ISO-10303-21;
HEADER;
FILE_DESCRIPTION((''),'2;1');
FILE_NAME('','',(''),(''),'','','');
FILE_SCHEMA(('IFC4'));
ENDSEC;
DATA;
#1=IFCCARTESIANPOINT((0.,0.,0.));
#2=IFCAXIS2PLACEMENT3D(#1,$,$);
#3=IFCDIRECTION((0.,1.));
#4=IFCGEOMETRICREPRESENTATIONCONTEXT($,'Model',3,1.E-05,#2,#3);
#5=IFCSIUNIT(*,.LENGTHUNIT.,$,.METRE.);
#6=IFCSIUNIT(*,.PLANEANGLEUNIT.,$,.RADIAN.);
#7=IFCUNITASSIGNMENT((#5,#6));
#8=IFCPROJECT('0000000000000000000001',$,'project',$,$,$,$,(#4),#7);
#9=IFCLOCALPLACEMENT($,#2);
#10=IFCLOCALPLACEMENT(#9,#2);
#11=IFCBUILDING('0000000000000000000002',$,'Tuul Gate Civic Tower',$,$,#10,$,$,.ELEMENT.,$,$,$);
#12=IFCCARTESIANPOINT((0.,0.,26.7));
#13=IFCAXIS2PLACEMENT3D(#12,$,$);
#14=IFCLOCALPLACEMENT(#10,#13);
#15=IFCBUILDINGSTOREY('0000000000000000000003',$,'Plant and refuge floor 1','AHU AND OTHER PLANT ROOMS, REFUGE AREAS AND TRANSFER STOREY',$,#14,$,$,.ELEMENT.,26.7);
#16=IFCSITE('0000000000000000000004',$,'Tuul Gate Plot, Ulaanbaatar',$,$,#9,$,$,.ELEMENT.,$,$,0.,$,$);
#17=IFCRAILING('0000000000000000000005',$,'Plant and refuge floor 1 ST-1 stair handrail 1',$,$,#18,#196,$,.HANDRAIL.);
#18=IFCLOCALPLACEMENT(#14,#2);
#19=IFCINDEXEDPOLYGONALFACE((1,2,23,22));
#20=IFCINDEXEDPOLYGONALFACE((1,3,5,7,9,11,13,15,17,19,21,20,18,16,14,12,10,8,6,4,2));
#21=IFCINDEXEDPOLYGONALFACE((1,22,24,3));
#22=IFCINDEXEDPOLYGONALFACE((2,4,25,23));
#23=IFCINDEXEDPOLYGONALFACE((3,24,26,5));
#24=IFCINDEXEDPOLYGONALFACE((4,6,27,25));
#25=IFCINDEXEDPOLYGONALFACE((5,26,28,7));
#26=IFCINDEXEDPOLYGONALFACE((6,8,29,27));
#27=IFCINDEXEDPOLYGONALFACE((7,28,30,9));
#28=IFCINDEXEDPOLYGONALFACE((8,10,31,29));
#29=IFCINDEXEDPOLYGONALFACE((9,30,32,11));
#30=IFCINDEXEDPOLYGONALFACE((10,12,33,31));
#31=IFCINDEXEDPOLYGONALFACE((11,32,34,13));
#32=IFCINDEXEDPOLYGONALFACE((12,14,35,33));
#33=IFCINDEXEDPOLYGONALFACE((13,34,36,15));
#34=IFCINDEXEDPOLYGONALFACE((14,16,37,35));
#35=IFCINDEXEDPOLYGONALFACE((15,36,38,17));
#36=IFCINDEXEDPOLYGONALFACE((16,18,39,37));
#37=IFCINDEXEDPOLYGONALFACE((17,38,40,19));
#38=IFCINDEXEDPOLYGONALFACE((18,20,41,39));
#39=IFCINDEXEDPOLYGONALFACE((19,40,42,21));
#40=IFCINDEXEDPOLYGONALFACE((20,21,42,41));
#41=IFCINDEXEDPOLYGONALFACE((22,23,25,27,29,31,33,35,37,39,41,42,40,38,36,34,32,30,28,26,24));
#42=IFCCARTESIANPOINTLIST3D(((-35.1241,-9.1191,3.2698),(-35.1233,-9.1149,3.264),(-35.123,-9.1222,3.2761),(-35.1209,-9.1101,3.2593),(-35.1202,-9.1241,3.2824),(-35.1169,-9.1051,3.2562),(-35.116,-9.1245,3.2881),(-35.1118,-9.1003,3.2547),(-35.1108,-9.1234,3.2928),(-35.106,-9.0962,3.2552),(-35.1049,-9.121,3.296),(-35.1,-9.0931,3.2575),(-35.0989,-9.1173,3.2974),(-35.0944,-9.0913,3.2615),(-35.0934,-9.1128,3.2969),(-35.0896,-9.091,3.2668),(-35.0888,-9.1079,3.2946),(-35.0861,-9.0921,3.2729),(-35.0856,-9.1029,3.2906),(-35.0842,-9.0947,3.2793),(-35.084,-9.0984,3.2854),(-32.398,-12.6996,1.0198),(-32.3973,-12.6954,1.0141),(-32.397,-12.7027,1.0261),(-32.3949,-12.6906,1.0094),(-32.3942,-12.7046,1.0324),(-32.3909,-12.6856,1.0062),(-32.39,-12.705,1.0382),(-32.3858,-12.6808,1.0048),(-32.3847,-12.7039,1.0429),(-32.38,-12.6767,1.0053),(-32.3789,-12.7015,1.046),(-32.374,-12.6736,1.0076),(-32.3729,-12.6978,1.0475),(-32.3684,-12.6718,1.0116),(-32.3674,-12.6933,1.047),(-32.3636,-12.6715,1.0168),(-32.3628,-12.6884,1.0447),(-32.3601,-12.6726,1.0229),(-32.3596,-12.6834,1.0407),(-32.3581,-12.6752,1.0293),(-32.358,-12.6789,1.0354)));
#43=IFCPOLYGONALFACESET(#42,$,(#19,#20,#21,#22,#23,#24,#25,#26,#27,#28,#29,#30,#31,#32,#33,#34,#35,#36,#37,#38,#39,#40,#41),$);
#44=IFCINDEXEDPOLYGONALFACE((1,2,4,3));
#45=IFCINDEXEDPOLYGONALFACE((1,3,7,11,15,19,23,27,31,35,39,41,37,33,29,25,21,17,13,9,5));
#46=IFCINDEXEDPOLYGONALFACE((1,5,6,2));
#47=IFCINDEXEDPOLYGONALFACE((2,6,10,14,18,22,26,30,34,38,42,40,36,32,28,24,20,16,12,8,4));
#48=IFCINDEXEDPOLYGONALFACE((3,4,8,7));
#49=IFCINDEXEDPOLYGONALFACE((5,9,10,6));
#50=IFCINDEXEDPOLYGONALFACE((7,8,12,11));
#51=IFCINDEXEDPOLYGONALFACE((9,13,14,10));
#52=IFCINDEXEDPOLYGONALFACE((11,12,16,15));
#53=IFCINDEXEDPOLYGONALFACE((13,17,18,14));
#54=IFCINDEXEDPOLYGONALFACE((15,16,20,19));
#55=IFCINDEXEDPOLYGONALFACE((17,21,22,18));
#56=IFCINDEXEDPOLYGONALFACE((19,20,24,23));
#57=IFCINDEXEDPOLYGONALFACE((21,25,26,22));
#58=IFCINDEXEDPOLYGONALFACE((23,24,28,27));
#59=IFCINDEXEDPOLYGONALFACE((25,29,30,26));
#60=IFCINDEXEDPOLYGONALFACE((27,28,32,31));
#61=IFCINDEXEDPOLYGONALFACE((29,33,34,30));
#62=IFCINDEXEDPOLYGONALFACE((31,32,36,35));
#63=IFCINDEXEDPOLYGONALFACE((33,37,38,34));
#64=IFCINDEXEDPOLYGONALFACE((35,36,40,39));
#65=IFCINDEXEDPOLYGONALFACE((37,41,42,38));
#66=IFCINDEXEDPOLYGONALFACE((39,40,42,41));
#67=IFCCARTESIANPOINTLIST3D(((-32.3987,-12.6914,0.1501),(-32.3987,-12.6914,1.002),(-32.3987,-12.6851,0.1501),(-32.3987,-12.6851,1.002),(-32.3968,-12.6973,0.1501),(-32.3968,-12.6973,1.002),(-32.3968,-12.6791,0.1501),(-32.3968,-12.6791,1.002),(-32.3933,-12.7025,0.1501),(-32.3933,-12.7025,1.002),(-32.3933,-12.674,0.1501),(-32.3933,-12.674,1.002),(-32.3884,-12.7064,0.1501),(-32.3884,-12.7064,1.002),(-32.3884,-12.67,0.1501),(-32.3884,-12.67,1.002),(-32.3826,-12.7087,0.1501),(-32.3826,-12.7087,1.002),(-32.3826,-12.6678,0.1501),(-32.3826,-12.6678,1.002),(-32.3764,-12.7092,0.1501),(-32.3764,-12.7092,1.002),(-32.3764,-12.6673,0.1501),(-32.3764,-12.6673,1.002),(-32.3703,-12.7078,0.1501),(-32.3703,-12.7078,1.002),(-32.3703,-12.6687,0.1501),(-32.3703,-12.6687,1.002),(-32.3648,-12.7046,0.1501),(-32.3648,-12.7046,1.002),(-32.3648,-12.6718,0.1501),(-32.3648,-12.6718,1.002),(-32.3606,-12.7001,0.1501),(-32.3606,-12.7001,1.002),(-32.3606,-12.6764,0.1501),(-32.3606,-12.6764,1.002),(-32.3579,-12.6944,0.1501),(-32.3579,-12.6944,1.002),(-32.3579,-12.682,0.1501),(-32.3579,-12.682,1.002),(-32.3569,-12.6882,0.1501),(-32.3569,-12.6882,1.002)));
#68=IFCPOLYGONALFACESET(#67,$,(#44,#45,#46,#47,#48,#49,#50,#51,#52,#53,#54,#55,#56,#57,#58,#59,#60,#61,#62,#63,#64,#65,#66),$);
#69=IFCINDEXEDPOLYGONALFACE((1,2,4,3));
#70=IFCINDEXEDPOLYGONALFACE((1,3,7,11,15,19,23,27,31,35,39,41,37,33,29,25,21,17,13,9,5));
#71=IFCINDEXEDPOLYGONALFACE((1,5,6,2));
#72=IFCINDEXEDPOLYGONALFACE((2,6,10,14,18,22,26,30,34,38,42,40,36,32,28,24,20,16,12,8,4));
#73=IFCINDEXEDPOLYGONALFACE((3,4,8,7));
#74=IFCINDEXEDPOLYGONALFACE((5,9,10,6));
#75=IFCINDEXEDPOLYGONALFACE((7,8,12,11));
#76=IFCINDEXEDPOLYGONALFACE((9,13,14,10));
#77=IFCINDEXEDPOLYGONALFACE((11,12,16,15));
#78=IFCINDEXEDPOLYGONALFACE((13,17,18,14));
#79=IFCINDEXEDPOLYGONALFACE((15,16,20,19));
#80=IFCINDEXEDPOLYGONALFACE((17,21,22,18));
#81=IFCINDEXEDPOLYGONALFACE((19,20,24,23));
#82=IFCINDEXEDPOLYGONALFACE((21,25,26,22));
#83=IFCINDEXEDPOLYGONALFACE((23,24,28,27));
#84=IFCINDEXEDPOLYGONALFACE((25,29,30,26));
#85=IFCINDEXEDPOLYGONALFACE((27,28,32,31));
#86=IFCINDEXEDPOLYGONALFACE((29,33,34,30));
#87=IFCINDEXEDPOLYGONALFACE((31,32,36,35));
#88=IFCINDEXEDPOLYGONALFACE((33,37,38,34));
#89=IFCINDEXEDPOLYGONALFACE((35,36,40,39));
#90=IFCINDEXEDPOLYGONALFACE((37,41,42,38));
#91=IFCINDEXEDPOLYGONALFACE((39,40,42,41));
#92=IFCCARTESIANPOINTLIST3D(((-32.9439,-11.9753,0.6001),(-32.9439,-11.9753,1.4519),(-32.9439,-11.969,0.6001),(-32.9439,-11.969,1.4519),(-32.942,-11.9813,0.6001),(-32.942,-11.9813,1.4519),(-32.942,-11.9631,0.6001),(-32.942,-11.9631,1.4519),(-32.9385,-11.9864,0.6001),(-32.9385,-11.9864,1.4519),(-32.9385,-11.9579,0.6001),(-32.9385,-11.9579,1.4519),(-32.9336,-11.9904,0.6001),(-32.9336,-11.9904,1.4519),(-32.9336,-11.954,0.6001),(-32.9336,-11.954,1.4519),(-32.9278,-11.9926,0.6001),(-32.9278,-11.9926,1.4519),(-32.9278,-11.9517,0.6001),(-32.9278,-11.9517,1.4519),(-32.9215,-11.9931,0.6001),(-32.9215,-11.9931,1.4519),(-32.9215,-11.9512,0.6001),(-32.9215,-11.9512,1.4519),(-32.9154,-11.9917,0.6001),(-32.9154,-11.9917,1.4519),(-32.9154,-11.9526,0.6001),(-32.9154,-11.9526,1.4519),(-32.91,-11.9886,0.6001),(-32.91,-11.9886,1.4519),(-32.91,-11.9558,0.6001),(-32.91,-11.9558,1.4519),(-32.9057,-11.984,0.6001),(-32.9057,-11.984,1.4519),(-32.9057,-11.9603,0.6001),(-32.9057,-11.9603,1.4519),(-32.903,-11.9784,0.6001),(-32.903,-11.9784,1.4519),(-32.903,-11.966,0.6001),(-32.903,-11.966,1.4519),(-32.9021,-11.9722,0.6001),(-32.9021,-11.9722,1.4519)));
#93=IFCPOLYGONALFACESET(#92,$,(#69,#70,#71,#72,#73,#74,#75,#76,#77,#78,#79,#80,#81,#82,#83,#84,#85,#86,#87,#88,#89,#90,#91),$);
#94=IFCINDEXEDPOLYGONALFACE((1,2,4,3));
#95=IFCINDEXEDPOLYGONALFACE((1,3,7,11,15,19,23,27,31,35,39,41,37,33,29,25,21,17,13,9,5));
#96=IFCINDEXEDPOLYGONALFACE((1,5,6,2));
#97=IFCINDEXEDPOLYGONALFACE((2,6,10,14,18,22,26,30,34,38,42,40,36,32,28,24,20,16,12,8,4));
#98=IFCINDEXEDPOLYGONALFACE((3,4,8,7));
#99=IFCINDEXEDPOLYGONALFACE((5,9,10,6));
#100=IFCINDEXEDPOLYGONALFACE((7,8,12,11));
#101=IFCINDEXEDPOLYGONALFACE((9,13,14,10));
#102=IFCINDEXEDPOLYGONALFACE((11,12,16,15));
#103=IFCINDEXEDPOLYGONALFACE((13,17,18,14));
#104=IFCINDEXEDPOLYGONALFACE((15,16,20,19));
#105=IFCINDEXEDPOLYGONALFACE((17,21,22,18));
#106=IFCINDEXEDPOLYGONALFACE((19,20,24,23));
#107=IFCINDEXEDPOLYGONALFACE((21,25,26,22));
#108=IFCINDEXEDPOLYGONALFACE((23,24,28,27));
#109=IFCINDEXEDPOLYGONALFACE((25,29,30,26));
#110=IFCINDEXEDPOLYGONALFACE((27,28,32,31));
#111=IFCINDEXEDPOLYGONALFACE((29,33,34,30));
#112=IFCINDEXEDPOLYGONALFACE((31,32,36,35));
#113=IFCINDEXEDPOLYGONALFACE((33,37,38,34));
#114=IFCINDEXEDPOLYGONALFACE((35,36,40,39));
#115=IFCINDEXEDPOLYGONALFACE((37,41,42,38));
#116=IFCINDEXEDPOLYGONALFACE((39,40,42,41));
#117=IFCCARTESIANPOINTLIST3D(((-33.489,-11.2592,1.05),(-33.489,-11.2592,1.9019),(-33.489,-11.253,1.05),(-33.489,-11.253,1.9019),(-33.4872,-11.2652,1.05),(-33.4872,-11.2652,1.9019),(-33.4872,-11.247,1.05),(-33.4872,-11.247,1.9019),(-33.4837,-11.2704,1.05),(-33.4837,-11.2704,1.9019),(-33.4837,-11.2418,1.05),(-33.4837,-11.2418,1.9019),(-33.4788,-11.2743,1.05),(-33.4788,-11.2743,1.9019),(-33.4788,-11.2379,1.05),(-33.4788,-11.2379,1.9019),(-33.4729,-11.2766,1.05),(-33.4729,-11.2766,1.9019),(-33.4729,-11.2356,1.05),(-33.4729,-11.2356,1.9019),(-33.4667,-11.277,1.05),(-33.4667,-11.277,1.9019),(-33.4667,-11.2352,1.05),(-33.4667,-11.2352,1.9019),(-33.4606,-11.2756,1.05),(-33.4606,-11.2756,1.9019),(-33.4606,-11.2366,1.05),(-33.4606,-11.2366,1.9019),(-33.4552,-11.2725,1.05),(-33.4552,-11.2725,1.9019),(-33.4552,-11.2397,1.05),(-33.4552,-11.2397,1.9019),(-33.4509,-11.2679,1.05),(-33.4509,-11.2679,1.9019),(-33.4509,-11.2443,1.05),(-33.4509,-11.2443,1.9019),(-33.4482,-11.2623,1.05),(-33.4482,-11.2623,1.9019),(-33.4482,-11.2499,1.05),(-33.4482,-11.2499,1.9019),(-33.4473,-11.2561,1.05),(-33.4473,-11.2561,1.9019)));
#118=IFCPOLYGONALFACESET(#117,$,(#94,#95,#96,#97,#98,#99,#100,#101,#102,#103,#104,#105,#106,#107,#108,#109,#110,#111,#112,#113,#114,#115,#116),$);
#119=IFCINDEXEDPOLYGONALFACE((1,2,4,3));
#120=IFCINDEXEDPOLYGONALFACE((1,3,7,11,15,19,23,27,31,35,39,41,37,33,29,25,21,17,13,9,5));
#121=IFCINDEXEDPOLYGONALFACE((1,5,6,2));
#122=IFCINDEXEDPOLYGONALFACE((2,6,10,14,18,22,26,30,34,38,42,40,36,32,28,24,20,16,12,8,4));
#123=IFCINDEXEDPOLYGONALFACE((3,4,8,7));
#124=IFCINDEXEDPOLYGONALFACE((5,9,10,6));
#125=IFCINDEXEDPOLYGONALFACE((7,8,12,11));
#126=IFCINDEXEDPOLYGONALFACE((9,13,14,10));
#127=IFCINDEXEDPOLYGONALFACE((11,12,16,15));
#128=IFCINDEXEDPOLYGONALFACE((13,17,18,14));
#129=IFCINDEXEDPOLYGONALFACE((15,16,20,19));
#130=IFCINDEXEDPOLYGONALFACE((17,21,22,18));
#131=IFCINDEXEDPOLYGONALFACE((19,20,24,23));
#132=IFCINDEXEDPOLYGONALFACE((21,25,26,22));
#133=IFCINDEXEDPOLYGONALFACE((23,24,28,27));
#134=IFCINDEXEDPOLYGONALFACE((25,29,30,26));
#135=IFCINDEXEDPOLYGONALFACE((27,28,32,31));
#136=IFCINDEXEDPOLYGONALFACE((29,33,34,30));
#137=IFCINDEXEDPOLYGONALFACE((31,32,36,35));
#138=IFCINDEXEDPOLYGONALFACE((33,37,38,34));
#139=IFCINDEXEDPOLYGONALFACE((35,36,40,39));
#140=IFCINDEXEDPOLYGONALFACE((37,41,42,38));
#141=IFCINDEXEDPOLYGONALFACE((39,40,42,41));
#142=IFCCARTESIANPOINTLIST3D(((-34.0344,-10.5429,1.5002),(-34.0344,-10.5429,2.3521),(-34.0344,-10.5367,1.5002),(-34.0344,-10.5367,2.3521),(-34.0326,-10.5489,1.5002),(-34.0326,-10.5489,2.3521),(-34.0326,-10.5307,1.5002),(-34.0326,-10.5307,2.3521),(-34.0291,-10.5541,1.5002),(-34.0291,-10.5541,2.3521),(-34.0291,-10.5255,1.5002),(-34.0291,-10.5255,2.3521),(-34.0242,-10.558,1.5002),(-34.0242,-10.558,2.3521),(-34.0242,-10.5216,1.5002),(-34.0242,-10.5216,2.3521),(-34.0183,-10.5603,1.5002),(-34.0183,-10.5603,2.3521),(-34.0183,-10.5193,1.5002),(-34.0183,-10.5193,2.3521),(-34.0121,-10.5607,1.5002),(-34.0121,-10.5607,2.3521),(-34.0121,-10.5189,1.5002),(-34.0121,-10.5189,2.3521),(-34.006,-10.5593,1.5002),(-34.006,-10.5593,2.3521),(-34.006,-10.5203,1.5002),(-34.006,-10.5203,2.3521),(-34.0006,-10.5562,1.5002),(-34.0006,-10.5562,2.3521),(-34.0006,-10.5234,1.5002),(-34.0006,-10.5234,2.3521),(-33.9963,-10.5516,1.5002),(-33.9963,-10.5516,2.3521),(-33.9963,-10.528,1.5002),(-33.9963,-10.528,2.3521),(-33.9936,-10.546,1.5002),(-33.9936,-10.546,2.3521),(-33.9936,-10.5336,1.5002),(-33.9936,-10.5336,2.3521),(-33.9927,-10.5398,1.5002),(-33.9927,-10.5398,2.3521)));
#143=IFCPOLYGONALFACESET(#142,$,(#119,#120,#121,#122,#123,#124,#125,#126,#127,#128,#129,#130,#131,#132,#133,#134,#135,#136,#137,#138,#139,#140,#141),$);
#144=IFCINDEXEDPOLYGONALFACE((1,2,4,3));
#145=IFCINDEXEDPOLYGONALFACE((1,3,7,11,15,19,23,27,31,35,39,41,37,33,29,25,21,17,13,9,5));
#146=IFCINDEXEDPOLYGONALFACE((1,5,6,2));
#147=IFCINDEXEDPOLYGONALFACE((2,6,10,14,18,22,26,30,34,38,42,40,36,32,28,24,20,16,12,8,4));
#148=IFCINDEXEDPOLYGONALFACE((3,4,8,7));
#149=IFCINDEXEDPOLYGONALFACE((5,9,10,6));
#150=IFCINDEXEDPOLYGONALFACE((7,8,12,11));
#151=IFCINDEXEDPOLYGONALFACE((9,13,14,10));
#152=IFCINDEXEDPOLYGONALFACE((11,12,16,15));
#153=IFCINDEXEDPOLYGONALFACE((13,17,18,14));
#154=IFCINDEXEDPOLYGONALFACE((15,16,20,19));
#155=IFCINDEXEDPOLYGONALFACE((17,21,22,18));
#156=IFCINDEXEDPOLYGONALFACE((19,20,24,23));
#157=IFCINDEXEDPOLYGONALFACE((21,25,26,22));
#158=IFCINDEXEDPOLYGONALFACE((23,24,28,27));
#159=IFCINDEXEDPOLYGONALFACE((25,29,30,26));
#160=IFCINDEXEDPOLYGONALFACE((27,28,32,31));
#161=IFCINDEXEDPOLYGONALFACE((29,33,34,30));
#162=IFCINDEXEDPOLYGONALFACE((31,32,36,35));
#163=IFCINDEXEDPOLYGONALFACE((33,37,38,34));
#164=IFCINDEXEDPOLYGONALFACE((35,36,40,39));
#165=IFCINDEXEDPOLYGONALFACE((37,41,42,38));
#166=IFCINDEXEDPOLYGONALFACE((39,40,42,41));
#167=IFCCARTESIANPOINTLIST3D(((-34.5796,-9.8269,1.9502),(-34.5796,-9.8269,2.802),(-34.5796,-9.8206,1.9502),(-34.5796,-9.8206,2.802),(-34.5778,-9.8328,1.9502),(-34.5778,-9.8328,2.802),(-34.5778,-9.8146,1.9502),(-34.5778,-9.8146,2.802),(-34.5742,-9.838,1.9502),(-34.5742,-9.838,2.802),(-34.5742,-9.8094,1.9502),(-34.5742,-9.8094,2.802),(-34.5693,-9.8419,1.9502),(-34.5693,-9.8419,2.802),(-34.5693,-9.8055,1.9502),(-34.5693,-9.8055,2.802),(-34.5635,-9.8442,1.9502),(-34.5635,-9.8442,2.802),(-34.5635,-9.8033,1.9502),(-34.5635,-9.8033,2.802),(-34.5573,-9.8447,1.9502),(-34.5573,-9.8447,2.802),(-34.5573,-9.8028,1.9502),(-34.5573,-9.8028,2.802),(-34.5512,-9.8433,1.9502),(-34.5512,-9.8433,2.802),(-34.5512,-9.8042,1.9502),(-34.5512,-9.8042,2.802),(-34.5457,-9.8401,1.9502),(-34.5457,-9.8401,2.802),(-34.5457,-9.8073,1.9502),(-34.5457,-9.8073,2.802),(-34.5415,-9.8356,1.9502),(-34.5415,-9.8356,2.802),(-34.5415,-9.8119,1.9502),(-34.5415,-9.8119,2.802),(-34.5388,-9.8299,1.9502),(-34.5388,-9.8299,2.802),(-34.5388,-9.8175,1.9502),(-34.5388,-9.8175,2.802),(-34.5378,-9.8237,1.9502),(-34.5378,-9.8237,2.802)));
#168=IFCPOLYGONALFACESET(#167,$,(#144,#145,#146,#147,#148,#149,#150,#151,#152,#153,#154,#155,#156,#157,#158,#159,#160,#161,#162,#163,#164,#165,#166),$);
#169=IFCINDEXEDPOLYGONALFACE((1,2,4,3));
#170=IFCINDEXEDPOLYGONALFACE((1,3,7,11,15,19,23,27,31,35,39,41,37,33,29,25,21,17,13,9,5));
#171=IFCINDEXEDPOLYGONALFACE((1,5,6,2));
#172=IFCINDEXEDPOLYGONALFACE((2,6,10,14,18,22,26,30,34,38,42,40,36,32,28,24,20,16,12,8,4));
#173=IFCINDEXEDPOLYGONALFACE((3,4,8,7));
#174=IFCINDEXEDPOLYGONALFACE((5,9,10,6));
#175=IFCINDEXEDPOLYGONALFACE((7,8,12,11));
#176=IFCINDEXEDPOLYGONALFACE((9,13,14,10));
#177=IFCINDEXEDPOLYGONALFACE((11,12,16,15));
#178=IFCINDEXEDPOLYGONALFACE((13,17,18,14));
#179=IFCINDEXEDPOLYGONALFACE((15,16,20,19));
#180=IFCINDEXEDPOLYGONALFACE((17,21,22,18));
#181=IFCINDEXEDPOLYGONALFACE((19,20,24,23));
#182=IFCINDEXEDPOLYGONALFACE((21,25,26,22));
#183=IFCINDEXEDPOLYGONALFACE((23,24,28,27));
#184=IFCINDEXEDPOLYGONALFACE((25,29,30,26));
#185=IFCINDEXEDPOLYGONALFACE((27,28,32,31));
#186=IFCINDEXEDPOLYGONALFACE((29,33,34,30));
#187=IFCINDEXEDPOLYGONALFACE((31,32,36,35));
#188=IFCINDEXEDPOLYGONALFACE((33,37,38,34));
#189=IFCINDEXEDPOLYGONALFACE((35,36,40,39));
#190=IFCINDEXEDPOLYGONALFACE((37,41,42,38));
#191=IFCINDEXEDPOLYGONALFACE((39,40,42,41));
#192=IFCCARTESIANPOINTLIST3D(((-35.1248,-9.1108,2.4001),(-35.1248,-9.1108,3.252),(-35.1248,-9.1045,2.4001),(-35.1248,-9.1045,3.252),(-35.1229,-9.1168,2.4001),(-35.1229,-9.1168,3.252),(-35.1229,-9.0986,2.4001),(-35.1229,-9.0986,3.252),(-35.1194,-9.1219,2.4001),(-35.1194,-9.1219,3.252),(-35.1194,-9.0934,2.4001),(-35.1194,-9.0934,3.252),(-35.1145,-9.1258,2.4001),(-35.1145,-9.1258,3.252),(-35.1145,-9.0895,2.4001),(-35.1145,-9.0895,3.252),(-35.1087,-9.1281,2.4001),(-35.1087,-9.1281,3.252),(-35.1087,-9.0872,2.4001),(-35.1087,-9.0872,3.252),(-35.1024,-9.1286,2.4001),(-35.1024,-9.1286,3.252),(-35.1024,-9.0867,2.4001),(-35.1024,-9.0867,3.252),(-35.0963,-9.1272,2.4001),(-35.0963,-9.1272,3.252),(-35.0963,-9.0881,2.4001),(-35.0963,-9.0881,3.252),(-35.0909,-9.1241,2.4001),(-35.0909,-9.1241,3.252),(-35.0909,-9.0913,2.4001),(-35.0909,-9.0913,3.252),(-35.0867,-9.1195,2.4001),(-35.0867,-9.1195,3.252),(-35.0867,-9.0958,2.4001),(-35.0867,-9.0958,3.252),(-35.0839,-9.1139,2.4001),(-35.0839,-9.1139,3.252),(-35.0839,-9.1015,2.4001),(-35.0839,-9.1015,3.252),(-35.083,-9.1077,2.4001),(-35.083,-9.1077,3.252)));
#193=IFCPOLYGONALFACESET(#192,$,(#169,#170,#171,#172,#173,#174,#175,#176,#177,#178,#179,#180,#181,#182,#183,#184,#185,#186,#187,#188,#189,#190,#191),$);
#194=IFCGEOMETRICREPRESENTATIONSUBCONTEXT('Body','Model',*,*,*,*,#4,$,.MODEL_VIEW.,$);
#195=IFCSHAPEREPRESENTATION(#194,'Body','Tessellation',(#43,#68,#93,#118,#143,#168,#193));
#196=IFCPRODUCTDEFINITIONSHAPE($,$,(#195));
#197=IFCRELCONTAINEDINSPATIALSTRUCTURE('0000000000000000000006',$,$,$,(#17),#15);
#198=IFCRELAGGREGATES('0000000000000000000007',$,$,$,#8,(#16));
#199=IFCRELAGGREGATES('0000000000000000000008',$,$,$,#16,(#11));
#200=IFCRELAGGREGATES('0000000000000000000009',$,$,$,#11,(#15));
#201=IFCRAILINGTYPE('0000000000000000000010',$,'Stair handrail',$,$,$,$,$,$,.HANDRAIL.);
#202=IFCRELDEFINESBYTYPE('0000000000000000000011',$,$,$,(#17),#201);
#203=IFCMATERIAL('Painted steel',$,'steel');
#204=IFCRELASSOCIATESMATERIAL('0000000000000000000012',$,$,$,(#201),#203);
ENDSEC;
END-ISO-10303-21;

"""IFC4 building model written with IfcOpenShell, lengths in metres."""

from ifc_helpers import new_model, si_unit, direction, frame, origin, origin_2d, place, context, subcontext, project, spatial, circle, extrude, material, type_object, element, save


model = new_model("IFC4")

# Units and contexts
model_context = context("Model", 3, precision=1e-05, world=origin(), true_north=direction((0.0, 1.0)))
body_context = subcontext(model_context, "Body", "Model", "MODEL_VIEW")
ifc_project = project(units=[si_unit("LENGTHUNIT", "METRE"), si_unit("PLANEANGLEUNIT", "RADIAN")], contexts=[model_context])

# Site, building, storey
site_placement = place(None, origin())
site = spatial("IfcSite", under=ifc_project, at=site_placement, Name="Tuul Gate Plot, Ulaanbaatar", CompositionType="ELEMENT", RefElevation=0.0)
building_placement = place(site_placement, origin())
building = spatial("IfcBuilding", under=site, at=building_placement, Name="Tuul Gate Civic Tower", CompositionType="ELEMENT")
storey_placement = place(building_placement, frame((0.0, 0.0, 26.7)))
storey = spatial("IfcBuildingStorey", under=building, at=storey_placement, Name="Plant and refuge floor 1", Description="AHU AND OTHER PLANT ROOMS, REFUGE AREAS AND TRANSFER STOREY", CompositionType="ELEMENT", Elevation=26.7)

# Railing
ifc_material_1 = material(Name="Painted steel", Category="steel")
railing_type = type_object("IfcRailingType", Name="Stair handrail", PredefinedType="HANDRAIL", material=ifc_material_1)
railing_placement = place(storey_placement, frame((-32.3779, -12.6882, 0.1501)))
element("IfcRailing", 1, at=railing_placement, inside=storey, type_object=railing_type, Name="Plant and refuge floor 1 ST-1 stair handrail 1", PredefinedType="HANDRAIL", context=body_context, shape_type="SweptSolid", body=[
    extrude(circle(Radius=0.0239, at=origin_2d()), frame((0.0, 0.0, 0.876), z_axis=(-0.541818, 0.711652, 0.447196), x_axis=(-0.795643, -0.605765, 0.0)), (0.0, 0.0, 1.0), 5.0312),
    extrude(circle(Radius=0.021, at=origin_2d()), origin(), (0.0, 0.0, 1.0), 0.8518),
    extrude(circle(Radius=0.021, at=origin_2d()), frame((-0.5452, 0.7161, 0.45)), (0.0, 0.0, 1.0), 0.8518),
    extrude(circle(Radius=0.021, at=origin_2d()), frame((-1.0903, 1.4321, 0.8999)), (0.0, 0.0, 1.0), 0.8518),
    extrude(circle(Radius=0.021, at=origin_2d()), frame((-1.6357, 2.1484, 1.3501)), (0.0, 0.0, 1.0), 0.8518),
    extrude(circle(Radius=0.021, at=origin_2d()), frame((-2.1809, 2.8645, 1.8)), (0.0, 0.0, 1.0), 0.8518),
    extrude(circle(Radius=0.021, at=origin_2d()), frame((-2.7261, 3.5806, 2.25)), (0.0, 0.0, 1.0), 0.8518),
])

save(model, "model.ifc")
